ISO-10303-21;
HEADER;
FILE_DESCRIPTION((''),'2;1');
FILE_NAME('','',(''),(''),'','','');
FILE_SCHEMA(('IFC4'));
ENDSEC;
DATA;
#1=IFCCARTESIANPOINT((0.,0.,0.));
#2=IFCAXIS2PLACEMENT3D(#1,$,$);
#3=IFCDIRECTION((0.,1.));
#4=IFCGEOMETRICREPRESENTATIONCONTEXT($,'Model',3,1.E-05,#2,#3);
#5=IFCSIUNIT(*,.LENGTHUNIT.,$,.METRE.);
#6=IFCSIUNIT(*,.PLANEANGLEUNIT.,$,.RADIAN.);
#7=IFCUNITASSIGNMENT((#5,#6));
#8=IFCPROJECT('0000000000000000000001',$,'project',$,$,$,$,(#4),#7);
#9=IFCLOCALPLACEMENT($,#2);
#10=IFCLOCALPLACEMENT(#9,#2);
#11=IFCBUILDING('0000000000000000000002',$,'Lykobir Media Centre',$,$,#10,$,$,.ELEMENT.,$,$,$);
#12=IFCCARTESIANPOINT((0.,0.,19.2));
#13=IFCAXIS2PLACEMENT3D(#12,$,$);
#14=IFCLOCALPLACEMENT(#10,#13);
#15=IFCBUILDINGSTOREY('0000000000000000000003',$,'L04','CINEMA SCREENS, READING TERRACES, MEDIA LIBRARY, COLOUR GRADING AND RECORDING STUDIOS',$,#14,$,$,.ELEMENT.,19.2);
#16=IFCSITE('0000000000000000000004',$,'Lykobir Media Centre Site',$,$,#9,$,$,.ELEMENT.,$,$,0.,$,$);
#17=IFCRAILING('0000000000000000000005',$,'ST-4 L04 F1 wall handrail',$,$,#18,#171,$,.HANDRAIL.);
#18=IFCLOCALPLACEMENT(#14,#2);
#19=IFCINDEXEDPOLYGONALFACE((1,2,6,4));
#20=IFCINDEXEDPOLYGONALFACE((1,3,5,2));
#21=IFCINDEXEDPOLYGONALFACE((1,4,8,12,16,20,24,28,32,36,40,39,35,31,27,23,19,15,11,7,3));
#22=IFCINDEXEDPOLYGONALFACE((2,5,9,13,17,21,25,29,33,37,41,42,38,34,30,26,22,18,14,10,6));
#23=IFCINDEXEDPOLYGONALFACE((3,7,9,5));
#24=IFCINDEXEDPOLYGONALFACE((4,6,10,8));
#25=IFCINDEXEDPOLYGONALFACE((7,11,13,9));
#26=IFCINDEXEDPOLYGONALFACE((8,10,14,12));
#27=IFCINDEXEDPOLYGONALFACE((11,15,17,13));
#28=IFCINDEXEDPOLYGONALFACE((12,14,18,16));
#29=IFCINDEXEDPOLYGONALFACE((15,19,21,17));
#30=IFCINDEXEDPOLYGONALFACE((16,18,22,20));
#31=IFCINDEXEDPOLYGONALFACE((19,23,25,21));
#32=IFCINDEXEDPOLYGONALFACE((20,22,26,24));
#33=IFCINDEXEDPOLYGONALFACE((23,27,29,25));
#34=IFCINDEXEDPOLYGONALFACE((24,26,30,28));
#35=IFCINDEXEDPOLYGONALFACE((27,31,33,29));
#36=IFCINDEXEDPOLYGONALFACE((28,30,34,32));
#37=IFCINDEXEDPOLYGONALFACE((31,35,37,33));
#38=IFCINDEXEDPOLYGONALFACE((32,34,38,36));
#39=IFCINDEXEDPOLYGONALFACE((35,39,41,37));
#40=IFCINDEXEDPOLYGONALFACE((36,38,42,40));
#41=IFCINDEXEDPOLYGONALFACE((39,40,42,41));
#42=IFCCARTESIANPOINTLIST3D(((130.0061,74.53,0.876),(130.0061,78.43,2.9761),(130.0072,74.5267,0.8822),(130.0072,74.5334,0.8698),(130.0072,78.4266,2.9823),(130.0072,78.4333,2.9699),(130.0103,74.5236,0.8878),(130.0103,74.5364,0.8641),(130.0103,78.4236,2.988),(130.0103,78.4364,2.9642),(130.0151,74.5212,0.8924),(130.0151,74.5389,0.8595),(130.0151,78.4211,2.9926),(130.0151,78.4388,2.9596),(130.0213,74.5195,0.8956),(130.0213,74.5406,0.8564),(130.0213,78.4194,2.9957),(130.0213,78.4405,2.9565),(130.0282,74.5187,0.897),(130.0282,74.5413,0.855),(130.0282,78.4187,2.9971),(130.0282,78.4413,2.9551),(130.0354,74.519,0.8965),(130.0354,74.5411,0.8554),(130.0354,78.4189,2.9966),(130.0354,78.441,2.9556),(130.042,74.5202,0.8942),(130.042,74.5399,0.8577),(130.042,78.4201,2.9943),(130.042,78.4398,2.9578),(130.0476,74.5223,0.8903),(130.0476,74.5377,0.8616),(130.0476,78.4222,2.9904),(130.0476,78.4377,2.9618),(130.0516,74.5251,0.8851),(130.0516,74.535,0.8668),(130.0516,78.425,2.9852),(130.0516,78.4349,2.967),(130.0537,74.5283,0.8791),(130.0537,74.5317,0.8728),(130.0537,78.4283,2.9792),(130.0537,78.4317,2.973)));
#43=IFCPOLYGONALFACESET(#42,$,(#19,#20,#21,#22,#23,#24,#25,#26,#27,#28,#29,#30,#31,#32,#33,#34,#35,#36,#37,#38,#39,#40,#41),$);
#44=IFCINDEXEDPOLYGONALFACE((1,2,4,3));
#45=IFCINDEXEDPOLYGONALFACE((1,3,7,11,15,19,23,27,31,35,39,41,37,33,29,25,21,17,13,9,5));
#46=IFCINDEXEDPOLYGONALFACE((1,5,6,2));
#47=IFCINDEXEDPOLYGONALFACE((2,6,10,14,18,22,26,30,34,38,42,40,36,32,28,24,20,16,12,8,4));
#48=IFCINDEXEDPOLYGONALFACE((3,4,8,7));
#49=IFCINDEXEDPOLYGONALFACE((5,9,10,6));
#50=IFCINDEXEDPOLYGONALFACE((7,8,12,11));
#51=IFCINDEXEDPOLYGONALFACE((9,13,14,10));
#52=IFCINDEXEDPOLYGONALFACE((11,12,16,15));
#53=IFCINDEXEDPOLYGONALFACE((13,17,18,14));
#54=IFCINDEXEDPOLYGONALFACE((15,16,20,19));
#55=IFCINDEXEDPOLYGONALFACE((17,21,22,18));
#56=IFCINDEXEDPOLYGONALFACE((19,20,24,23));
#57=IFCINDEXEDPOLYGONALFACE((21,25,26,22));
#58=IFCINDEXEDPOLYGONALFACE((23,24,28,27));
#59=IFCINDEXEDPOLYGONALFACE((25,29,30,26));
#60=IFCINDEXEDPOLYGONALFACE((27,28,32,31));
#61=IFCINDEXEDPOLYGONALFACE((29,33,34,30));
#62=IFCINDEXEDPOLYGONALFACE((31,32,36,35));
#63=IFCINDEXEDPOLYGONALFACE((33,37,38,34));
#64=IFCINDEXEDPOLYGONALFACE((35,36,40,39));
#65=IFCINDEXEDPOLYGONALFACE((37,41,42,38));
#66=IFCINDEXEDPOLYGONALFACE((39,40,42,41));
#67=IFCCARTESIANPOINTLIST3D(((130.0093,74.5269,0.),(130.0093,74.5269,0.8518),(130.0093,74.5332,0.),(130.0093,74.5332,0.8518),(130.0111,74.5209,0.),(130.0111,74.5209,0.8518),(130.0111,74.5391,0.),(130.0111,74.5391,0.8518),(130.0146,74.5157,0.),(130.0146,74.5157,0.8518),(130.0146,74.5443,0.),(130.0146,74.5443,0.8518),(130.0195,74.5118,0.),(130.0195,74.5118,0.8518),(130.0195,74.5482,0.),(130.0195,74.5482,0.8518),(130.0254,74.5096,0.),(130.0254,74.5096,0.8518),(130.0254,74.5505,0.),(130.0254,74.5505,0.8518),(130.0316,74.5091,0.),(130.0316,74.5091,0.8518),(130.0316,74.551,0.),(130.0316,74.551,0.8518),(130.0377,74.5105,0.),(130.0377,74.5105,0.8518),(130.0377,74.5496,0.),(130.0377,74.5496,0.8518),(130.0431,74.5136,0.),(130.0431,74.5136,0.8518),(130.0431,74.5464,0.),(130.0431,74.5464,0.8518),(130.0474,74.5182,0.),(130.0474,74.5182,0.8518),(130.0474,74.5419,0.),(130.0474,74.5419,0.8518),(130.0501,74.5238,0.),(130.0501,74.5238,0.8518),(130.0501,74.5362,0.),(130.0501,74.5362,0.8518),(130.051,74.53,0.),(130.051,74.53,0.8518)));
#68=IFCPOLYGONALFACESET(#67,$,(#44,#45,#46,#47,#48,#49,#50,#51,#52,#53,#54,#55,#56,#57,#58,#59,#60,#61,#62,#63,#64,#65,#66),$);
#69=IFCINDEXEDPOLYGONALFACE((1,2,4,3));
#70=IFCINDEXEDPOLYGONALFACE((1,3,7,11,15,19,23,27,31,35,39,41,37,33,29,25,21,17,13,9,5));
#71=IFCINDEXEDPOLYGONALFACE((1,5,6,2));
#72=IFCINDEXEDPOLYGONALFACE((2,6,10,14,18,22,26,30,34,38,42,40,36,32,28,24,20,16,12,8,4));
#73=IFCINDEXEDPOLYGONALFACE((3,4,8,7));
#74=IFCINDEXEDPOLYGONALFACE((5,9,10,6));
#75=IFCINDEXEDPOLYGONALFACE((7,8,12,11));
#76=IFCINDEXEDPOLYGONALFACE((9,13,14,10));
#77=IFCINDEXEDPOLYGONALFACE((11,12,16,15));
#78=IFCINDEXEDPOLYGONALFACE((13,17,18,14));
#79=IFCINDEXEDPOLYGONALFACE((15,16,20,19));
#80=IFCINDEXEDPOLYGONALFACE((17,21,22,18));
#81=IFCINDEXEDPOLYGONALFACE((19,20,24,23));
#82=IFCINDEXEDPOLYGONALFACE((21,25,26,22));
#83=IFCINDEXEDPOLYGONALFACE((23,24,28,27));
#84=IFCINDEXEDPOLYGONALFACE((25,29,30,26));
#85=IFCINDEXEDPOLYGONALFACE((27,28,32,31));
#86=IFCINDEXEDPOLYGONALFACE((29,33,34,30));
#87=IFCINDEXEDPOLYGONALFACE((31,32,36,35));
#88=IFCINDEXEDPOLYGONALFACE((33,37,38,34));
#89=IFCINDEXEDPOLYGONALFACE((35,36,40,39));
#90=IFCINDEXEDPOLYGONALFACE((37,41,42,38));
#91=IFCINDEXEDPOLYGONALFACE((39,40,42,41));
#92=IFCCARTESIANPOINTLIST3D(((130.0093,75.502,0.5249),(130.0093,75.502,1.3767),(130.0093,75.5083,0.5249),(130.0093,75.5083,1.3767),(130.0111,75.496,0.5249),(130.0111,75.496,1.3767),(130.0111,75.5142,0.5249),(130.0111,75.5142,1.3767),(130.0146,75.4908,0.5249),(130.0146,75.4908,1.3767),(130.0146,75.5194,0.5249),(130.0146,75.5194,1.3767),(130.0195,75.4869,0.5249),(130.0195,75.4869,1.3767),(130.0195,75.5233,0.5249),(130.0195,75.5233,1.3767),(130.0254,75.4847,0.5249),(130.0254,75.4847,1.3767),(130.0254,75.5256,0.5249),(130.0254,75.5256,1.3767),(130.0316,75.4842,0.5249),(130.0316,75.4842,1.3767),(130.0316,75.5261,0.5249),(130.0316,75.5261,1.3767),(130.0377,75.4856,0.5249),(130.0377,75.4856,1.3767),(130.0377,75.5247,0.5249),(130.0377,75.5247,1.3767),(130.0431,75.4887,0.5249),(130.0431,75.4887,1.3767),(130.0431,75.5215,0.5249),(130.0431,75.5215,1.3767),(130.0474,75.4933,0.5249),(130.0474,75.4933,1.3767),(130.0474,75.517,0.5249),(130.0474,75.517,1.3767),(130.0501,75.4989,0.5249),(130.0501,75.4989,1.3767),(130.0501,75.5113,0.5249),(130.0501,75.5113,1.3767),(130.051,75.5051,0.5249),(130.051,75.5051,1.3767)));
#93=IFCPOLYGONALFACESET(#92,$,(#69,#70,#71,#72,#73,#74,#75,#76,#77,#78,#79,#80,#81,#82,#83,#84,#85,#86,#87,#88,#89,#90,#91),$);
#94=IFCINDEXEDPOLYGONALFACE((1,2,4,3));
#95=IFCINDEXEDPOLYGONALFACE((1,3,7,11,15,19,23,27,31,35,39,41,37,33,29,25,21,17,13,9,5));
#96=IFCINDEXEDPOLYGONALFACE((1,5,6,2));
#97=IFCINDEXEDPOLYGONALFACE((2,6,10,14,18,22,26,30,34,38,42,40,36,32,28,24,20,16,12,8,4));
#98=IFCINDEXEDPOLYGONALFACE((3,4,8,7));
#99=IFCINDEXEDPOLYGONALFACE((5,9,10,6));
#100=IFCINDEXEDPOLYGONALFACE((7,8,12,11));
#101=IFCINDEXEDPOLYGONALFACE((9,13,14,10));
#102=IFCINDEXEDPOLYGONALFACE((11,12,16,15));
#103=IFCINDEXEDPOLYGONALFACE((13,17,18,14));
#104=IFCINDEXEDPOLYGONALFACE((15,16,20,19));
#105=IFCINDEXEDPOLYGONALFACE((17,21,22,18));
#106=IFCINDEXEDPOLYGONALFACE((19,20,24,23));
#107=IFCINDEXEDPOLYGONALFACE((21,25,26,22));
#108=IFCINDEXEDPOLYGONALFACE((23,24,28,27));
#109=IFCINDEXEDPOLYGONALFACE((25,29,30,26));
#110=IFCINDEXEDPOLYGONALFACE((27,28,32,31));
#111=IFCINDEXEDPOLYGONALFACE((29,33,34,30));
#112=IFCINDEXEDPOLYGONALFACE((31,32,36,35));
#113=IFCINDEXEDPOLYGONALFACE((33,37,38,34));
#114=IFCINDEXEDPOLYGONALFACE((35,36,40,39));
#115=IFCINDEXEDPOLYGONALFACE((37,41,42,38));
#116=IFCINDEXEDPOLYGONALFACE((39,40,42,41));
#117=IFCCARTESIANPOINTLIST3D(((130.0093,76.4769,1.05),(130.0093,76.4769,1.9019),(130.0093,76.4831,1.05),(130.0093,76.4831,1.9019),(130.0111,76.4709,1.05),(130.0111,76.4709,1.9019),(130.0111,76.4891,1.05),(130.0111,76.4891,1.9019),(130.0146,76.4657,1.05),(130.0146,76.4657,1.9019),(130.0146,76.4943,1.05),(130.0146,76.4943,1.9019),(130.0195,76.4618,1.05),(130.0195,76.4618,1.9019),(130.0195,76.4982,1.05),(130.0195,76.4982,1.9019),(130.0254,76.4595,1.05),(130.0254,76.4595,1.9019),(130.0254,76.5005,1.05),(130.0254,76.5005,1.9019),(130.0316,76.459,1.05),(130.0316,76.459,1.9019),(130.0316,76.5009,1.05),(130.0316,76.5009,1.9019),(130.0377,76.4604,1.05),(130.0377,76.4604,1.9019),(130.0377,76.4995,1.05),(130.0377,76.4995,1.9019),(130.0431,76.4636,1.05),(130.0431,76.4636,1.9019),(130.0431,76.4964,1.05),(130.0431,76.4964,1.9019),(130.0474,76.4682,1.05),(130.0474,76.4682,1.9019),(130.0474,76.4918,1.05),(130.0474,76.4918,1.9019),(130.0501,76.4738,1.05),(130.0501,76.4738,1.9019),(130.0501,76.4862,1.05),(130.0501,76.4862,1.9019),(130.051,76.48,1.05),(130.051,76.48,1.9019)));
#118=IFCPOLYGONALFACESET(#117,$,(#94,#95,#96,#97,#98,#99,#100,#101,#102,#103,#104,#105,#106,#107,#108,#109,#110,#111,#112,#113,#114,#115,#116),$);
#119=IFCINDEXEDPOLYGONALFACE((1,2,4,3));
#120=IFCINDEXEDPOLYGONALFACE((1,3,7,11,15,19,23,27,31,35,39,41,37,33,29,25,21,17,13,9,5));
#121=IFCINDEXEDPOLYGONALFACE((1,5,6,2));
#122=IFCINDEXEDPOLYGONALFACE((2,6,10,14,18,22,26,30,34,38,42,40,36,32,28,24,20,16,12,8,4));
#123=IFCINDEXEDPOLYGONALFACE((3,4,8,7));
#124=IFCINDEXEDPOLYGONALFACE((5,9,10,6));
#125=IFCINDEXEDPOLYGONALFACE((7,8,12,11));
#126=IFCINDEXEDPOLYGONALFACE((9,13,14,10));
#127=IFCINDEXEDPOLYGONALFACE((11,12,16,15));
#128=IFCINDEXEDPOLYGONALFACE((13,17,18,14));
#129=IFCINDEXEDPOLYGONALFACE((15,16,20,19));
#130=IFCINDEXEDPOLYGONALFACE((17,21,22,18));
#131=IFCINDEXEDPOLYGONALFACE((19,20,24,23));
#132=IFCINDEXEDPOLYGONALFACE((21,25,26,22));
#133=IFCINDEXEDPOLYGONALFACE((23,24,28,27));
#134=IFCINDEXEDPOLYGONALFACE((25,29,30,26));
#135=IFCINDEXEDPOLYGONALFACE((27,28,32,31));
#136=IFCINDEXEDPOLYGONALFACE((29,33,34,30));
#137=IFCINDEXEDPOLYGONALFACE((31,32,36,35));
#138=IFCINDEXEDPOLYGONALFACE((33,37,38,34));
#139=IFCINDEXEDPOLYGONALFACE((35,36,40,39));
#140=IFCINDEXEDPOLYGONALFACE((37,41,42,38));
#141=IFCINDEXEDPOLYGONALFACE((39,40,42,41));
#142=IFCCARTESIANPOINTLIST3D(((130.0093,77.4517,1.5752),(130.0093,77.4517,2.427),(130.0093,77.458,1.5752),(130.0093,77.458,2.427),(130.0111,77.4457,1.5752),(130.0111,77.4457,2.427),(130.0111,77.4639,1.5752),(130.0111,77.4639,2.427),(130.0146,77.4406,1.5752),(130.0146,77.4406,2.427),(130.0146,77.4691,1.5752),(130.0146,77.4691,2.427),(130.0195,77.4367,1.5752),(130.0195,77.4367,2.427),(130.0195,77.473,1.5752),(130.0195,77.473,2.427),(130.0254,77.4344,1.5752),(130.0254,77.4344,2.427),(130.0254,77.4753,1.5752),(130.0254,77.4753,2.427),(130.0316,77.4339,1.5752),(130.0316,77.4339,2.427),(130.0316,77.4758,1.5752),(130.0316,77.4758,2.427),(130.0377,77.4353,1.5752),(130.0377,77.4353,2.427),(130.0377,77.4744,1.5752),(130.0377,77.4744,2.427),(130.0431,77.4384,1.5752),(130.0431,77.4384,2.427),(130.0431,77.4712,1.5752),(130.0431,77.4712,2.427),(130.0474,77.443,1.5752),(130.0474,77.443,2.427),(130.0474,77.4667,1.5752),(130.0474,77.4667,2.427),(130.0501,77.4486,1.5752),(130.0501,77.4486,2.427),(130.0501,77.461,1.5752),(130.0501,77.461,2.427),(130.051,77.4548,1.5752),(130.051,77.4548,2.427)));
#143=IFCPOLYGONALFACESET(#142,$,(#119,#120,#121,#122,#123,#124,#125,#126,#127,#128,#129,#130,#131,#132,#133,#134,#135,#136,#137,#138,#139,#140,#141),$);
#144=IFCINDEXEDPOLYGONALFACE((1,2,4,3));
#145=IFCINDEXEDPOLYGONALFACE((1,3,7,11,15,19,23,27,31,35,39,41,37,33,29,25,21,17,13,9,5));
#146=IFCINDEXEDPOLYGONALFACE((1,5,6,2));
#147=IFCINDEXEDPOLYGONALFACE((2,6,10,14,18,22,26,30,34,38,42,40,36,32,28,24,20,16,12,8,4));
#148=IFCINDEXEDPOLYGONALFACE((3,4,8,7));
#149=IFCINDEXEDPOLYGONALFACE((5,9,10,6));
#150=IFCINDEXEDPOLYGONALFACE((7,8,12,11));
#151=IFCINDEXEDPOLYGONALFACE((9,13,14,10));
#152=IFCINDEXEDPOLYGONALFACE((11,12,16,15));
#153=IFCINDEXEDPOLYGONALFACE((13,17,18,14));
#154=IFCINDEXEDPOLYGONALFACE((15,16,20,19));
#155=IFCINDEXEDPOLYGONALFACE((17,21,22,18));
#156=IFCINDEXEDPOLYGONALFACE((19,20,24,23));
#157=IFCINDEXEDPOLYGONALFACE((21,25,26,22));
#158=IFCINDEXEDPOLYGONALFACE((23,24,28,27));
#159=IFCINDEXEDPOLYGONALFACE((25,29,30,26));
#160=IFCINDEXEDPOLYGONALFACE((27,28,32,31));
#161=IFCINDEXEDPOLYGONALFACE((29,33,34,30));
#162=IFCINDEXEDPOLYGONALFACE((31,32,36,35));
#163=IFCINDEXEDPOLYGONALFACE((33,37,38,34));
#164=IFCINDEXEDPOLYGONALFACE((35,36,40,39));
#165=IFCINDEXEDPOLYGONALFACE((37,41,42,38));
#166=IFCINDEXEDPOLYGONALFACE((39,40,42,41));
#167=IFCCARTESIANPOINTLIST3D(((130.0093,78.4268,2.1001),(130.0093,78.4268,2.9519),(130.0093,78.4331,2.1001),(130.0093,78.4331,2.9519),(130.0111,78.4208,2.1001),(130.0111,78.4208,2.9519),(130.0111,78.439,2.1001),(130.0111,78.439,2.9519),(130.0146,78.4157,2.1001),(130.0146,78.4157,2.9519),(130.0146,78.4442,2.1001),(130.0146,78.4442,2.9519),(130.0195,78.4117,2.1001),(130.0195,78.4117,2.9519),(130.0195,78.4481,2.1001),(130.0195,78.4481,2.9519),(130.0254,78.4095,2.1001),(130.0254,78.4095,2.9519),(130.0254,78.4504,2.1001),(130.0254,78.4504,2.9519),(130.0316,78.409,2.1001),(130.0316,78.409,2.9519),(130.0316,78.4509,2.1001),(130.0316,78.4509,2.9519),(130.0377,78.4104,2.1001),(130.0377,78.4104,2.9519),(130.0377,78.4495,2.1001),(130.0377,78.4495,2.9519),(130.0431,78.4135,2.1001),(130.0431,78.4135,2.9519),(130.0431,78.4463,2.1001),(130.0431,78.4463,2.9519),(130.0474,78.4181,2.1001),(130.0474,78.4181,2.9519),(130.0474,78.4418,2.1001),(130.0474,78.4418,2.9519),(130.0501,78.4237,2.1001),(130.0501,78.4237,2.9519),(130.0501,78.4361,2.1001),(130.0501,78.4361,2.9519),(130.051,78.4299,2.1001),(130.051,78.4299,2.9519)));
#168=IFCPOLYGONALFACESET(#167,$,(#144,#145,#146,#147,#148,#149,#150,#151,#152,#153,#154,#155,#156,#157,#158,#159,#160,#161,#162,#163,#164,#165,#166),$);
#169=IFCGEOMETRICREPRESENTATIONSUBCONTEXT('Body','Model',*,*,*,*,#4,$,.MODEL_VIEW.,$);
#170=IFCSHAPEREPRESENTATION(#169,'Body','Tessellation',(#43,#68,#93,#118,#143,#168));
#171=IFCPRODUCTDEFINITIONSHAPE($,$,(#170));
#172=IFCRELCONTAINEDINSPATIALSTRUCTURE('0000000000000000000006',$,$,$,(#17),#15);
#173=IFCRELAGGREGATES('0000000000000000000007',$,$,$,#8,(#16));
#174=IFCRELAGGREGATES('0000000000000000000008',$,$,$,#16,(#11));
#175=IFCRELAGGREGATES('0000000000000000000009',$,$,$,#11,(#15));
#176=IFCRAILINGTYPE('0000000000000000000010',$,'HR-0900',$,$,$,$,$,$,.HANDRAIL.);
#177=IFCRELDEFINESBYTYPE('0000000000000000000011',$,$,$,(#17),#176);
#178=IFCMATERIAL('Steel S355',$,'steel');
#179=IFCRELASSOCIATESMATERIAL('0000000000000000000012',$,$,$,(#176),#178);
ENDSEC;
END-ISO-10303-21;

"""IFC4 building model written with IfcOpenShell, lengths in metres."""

from ifc_helpers import new_model, si_unit, direction, frame, origin, origin_2d, place, context, subcontext, project, spatial, circle, extrude, material, type_object, element, save


model = new_model("IFC4")

# Units and contexts
model_context = context("Model", 3, precision=1e-05, world=origin(), true_north=direction((0.0, 1.0)))
body_context = subcontext(model_context, "Body", "Model", "MODEL_VIEW")
ifc_project = project(units=[si_unit("LENGTHUNIT", "METRE"), si_unit("PLANEANGLEUNIT", "RADIAN")], contexts=[model_context])

# Site, building, storey
site_placement = place(None, origin())
site = spatial("IfcSite", under=ifc_project, at=site_placement, Name="Lykobir Media Centre Site", CompositionType="ELEMENT", RefElevation=0.0)
building_placement = place(site_placement, origin())
building = spatial("IfcBuilding", under=site, at=building_placement, Name="Lykobir Media Centre", CompositionType="ELEMENT")
storey_placement = place(building_placement, frame((0.0, 0.0, 19.2)))
storey = spatial("IfcBuildingStorey", under=building, at=storey_placement, Name="L04", Description="CINEMA SCREENS, READING TERRACES, MEDIA LIBRARY, COLOUR GRADING AND RECORDING STUDIOS", CompositionType="ELEMENT", Elevation=19.2)

# Shared definitions
ifc_material_1 = material(Name="Steel S355", Category="steel")

# Railing
railing_type = type_object("IfcRailingType", Name="HR-0900", PredefinedType="HANDRAIL", material=ifc_material_1)
railing_placement = place(storey_placement, frame((130.03, 74.53, 0.0)))
element("IfcRailing", 1, at=railing_placement, inside=storey, type_object=railing_type, Name="ST-4 L04 F1 wall handrail", PredefinedType="HANDRAIL", context=body_context, shape_type="SweptSolid", body=[
    extrude(circle(Radius=0.0239, at=origin_2d()), frame((0.0, 0.0, 0.876), z_axis=(0.0, 0.880457, 0.474126), x_axis=(-1.0, 0.0, 0.0)), (0.0, 0.0, 1.0), 4.4294),
    extrude(circle(Radius=0.021, at=origin_2d()), origin(), (0.0, 0.0, 1.0), 0.8518),
    extrude(circle(Radius=0.021, at=origin_2d()), frame((0.0, 0.9751, 0.5249)), (0.0, 0.0, 1.0), 0.8518),
    extrude(circle(Radius=0.021, at=origin_2d()), frame((0.0, 1.95, 1.05)), (0.0, 0.0, 1.0), 0.8518),
    extrude(circle(Radius=0.021, at=origin_2d()), frame((0.0, 2.9248, 1.5752)), (0.0, 0.0, 1.0), 0.8518),
    extrude(circle(Radius=0.021, at=origin_2d()), frame((0.0, 3.8999, 2.1001)), (0.0, 0.0, 1.0), 0.8518),
])

save(model, "model.ifc")
